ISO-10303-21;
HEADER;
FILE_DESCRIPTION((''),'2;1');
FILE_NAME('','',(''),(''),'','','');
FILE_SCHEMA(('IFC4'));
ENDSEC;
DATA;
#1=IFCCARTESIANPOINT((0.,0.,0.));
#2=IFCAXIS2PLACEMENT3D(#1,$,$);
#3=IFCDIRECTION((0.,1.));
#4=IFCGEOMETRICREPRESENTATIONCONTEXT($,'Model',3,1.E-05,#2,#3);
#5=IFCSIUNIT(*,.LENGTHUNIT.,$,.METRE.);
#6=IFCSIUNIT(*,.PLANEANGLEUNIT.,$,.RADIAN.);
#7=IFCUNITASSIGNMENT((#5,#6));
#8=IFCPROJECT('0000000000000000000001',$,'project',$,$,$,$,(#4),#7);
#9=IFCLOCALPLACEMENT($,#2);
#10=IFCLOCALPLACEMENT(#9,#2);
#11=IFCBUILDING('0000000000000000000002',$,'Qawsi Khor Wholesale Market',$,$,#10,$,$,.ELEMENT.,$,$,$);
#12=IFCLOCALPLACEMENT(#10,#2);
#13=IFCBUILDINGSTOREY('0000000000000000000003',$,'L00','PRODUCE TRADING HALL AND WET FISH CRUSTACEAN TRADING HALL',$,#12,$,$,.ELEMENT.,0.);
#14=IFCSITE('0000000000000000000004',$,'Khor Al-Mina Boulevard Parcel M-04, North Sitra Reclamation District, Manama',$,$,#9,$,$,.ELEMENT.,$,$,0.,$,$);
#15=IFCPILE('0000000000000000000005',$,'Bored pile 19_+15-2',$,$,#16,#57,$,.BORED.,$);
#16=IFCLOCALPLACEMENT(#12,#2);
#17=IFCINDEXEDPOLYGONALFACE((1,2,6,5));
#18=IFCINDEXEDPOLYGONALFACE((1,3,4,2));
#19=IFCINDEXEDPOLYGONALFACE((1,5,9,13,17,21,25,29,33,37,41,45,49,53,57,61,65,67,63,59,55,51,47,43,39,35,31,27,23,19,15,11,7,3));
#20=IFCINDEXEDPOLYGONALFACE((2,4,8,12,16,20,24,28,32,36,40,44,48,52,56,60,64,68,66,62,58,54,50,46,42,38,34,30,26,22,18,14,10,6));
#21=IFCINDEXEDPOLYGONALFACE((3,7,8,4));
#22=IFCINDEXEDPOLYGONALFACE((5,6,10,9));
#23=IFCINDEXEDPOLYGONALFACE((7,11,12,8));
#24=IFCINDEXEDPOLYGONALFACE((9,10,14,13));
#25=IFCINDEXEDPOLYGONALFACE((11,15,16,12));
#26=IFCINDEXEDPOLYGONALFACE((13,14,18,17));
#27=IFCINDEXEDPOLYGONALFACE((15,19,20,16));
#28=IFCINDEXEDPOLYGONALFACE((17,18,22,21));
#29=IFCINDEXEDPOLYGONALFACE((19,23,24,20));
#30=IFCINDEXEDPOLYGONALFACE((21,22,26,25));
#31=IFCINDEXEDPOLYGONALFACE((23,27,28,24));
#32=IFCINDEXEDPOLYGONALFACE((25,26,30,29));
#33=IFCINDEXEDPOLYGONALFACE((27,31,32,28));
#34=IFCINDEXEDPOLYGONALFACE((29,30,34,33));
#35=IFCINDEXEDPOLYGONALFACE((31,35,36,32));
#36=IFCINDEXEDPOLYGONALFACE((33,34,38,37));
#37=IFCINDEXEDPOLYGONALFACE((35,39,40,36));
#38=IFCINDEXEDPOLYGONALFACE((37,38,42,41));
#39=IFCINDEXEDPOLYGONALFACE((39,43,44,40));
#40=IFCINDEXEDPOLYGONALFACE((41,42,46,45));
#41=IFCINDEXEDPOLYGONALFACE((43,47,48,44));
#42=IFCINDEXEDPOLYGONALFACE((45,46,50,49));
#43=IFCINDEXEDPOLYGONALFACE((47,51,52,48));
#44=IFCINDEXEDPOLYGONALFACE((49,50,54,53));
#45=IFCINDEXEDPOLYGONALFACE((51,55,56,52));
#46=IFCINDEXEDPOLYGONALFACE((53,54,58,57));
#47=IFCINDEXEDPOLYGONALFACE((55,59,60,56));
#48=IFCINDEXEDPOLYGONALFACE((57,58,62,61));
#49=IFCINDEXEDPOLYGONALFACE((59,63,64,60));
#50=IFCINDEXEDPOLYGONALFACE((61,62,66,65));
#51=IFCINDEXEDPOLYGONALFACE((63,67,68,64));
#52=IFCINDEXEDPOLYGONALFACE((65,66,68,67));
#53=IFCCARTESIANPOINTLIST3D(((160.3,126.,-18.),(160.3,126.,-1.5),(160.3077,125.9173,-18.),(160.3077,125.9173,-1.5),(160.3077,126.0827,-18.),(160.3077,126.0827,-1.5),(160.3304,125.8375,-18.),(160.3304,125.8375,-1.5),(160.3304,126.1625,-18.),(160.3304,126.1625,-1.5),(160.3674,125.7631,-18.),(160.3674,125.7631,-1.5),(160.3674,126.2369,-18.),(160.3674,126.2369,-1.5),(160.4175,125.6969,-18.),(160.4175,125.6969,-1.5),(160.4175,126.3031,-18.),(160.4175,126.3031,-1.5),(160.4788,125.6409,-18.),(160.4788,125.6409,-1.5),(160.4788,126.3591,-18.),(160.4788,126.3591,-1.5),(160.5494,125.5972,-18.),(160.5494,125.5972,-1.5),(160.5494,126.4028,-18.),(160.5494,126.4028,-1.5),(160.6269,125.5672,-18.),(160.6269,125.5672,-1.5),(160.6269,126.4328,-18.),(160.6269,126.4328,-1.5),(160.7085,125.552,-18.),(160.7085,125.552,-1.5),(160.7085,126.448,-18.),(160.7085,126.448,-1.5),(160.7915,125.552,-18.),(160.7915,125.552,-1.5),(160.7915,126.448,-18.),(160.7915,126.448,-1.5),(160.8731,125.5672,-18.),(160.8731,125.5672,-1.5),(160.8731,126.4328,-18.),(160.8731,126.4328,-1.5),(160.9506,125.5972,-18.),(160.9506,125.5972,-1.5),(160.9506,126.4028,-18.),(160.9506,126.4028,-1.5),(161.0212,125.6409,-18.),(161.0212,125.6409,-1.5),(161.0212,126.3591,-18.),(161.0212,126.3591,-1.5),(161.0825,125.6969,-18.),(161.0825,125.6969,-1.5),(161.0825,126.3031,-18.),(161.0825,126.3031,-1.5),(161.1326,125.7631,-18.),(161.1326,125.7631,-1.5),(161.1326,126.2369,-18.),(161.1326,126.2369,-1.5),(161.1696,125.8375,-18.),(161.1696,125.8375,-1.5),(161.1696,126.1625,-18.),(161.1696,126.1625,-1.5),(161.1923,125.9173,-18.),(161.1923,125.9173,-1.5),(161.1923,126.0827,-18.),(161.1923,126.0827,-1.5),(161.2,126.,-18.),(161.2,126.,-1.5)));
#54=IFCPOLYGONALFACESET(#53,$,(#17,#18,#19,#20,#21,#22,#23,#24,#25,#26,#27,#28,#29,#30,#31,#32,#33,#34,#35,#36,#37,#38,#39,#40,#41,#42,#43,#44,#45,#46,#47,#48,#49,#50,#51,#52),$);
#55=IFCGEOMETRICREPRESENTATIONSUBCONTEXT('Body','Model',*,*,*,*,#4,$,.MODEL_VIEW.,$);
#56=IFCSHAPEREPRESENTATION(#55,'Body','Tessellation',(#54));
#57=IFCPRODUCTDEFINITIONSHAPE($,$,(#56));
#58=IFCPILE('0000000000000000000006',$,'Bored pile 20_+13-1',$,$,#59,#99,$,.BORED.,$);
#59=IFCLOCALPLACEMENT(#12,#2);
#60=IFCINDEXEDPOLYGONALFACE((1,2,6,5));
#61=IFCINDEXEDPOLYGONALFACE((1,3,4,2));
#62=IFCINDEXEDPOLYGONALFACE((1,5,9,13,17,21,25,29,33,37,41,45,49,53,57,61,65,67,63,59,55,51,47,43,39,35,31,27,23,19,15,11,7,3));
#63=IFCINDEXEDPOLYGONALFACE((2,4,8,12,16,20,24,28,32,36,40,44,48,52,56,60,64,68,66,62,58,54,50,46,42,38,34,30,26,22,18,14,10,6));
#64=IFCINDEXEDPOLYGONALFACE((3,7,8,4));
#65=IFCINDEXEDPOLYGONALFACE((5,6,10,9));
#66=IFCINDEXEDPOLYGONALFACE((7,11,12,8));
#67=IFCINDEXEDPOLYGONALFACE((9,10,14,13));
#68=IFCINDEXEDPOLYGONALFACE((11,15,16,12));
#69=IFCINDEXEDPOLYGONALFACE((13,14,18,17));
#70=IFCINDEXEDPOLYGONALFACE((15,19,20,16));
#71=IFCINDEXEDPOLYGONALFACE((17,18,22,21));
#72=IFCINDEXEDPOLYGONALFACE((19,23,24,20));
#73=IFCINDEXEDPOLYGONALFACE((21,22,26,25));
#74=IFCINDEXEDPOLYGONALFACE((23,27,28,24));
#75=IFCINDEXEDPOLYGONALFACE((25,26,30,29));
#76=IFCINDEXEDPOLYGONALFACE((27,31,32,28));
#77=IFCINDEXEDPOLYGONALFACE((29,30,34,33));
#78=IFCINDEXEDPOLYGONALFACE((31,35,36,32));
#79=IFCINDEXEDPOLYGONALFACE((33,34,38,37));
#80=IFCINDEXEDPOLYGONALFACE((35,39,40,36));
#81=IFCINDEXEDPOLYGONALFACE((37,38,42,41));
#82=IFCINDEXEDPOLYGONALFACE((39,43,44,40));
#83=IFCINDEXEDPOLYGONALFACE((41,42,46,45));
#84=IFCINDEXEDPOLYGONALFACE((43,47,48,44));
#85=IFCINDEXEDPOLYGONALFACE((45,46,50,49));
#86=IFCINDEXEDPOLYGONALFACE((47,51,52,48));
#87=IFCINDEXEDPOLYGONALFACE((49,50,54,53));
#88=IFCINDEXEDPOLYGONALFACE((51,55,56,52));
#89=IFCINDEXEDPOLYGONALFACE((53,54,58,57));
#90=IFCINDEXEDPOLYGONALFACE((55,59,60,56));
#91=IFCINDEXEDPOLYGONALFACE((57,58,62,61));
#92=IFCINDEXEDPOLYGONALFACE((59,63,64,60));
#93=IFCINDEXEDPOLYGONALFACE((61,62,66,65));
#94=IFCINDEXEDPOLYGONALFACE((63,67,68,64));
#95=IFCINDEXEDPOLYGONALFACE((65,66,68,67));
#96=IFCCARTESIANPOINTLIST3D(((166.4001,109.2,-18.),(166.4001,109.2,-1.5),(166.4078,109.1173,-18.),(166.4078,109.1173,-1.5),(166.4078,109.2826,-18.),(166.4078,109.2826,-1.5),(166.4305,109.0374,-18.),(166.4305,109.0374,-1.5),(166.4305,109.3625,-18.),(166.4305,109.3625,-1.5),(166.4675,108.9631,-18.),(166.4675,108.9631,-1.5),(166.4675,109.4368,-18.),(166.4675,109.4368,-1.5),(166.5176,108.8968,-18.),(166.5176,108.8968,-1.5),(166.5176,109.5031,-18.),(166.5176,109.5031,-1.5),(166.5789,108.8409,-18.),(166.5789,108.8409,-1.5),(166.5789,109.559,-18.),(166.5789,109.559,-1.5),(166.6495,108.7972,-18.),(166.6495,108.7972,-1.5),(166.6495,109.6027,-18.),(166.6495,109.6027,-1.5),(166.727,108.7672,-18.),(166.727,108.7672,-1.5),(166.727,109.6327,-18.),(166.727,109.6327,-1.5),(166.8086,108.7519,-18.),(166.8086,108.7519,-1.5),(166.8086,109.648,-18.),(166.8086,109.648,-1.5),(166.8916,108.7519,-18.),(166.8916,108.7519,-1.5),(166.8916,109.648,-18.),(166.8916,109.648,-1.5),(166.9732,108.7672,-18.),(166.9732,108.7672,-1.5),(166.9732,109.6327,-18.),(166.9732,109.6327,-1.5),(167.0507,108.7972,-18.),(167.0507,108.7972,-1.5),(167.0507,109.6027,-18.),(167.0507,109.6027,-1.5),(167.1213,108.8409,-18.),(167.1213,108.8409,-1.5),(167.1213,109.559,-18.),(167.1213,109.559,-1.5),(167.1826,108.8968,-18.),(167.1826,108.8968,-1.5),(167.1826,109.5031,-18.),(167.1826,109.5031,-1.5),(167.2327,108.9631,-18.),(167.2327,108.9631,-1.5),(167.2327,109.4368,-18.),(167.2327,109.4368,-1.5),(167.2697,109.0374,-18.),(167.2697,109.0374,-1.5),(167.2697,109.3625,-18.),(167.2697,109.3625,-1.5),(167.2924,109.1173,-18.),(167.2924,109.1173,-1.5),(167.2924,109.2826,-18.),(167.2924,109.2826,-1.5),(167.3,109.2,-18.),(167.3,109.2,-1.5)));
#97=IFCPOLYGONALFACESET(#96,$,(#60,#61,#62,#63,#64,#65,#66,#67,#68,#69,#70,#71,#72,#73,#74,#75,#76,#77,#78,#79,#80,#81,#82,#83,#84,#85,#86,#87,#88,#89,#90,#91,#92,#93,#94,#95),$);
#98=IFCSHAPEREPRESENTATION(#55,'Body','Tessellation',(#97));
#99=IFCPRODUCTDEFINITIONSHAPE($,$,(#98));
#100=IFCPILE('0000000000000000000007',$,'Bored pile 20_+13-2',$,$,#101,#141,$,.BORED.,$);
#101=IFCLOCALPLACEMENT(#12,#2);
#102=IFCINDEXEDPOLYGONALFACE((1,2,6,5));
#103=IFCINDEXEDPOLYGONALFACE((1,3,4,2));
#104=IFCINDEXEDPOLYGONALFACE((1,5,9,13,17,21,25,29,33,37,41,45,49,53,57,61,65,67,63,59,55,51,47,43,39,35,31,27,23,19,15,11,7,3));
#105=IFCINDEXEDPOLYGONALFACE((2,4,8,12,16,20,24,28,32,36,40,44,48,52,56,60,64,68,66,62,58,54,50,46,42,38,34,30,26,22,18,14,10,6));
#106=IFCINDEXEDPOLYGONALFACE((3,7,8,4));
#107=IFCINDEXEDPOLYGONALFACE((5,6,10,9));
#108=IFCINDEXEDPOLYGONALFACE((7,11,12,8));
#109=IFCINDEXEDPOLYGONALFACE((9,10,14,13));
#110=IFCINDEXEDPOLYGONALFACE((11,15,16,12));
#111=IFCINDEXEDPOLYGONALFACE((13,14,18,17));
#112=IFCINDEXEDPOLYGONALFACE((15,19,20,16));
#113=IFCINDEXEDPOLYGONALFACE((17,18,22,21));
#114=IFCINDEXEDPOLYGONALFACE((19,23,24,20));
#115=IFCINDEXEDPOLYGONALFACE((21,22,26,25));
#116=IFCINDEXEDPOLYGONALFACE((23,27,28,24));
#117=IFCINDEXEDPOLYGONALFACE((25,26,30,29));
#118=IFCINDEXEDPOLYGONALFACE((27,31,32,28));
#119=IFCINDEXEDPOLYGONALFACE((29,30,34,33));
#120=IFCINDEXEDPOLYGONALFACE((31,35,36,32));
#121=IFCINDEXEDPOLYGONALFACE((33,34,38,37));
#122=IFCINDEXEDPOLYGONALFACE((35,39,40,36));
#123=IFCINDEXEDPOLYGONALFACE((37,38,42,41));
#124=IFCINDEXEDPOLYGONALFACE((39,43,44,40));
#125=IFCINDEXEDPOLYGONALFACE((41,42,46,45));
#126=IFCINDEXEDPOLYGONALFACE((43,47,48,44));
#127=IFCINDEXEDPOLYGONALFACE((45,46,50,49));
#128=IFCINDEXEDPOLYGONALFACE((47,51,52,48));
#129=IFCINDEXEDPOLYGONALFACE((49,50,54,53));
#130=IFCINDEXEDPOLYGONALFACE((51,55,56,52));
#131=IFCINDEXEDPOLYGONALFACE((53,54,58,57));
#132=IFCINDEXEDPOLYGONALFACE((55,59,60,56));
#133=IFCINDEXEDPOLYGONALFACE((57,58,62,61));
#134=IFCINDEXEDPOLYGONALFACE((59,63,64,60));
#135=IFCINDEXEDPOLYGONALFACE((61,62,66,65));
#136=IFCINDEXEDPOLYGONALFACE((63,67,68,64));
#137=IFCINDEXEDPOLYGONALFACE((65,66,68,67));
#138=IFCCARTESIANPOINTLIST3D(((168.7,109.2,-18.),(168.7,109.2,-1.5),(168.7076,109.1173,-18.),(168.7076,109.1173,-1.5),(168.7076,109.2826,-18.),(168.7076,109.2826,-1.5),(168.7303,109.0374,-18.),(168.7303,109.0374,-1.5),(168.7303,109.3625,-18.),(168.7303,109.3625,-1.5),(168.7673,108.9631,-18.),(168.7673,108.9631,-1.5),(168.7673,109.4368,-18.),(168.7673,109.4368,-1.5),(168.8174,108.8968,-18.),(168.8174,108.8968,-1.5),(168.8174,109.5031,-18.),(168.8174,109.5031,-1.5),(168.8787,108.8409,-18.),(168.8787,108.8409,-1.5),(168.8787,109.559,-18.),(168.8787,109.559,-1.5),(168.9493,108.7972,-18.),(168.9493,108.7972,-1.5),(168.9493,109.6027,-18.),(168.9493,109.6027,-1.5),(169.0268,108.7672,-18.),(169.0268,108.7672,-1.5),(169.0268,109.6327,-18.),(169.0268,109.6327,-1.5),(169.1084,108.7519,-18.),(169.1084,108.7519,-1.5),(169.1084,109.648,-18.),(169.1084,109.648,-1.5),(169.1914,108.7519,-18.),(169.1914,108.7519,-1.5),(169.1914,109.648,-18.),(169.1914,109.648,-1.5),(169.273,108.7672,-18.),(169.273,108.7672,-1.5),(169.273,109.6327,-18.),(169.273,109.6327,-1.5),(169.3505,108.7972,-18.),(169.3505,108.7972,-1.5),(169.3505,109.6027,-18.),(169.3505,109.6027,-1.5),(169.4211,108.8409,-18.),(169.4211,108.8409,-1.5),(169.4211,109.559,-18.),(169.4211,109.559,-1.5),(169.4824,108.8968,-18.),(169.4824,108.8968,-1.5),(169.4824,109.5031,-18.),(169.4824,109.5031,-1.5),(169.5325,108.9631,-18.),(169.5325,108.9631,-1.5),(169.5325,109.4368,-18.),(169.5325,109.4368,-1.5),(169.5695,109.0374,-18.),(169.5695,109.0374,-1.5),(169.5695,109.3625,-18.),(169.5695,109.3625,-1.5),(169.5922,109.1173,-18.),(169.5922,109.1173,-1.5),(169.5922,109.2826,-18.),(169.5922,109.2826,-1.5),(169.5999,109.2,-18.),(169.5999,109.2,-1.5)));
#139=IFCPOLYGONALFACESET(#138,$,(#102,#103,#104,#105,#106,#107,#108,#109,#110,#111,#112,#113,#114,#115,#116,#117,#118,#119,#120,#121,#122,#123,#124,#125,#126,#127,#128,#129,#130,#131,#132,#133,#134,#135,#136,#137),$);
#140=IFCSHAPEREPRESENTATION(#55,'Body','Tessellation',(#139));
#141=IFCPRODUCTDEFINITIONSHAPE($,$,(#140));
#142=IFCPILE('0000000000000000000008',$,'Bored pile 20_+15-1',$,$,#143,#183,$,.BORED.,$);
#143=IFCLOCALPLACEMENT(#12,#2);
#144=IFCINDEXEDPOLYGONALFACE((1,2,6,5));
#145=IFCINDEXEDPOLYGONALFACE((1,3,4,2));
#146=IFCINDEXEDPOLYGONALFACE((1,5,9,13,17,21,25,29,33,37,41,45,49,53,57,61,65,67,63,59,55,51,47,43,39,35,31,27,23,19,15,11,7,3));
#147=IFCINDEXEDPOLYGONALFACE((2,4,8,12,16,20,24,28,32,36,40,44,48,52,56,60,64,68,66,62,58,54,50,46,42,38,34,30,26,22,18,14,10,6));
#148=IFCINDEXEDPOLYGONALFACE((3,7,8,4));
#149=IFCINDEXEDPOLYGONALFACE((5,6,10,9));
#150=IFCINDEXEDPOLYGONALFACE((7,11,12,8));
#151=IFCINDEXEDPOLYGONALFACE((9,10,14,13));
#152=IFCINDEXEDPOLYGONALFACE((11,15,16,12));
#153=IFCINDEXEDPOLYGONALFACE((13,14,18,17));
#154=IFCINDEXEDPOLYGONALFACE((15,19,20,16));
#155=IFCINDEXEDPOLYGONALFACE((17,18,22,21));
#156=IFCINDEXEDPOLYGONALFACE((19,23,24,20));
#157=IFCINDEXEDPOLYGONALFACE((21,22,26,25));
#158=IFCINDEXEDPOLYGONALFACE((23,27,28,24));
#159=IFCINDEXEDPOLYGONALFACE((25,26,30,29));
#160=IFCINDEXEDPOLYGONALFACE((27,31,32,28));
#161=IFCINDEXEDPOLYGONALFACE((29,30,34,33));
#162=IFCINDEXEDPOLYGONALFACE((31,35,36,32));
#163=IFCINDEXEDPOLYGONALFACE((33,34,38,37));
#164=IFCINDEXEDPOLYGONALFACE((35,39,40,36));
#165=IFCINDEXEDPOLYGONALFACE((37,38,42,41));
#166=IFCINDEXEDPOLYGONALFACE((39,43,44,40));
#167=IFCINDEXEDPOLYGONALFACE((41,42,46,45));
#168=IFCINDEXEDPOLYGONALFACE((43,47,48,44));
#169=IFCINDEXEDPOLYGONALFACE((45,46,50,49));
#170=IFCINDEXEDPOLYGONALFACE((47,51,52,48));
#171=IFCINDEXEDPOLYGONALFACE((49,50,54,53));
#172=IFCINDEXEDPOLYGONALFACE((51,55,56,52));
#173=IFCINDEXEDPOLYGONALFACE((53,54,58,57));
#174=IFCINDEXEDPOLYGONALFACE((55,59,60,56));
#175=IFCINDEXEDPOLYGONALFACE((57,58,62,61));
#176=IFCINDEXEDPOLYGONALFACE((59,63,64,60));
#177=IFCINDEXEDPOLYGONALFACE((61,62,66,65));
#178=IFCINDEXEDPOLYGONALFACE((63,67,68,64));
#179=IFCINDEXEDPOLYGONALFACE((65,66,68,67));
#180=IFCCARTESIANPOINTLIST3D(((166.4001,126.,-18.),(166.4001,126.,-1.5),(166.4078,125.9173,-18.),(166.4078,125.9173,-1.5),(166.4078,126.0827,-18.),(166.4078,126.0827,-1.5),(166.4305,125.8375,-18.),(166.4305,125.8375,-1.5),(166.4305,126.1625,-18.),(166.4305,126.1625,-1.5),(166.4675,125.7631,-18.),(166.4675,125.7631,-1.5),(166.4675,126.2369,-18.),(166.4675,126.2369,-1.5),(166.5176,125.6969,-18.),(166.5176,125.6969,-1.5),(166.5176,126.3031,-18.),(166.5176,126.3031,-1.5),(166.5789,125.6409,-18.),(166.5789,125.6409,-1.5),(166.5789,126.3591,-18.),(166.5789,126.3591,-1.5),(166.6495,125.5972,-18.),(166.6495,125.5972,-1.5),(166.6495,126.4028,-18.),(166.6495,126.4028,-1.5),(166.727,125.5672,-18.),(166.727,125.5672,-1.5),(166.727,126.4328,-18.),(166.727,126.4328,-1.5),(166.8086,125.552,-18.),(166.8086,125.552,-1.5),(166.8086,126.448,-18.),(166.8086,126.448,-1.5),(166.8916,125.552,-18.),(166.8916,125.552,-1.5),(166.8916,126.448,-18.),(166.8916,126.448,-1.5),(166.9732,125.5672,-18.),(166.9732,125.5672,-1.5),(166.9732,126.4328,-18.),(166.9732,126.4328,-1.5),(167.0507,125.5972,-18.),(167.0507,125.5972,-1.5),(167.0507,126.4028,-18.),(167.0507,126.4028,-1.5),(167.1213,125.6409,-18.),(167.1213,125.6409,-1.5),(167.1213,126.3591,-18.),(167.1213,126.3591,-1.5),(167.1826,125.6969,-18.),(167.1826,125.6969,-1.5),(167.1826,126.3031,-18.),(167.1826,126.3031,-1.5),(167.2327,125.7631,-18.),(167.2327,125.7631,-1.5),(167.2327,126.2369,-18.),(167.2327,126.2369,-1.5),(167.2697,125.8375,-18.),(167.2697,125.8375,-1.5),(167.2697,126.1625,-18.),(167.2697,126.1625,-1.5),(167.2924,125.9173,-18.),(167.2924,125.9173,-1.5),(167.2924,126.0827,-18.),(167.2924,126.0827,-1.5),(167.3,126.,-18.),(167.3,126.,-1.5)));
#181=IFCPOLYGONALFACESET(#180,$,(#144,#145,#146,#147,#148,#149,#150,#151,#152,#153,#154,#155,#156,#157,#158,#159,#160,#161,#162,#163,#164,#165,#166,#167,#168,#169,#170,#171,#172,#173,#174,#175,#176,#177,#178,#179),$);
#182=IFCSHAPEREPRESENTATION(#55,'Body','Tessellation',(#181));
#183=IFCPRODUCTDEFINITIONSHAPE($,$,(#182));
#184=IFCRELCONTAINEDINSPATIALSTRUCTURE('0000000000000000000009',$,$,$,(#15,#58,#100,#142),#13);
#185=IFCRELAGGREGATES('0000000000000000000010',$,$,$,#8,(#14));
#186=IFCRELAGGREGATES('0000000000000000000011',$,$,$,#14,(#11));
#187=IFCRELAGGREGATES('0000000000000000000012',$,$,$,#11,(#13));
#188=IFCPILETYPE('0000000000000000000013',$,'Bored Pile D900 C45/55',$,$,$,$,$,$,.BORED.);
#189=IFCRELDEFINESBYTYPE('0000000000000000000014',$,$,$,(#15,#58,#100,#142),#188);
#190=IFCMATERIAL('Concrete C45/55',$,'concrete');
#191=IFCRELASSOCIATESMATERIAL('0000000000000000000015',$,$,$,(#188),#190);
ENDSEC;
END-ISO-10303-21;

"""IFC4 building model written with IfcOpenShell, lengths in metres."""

from ifc_helpers import new_model, si_unit, direction, frame, origin, origin_2d, place, context, subcontext, project, spatial, circle, extrude, material, material_profile, profile_set, type_object, element, save


model = new_model("IFC4")

# Units and contexts
model_context = context("Model", 3, precision=1e-05, world=origin(), true_north=direction((0.0, 1.0)))
body_context = subcontext(model_context, "Body", "Model", "MODEL_VIEW")
ifc_project = project(units=[si_unit("LENGTHUNIT", "METRE"), si_unit("PLANEANGLEUNIT", "RADIAN")], contexts=[model_context])

# Site, building, storey
site_placement = place(None, origin())
site = spatial("IfcSite", under=ifc_project, at=site_placement, Name="Khor Al-Mina Boulevard Parcel M-04, North Sitra Reclamation District, Manama", CompositionType="ELEMENT", RefElevation=0.0)
building_placement = place(site_placement, origin())
building = spatial("IfcBuilding", under=site, at=building_placement, Name="Qawsi Khor Wholesale Market", CompositionType="ELEMENT")
storey_placement = place(building_placement, origin())
storey = spatial("IfcBuildingStorey", under=building, at=storey_placement, Name="L00", Description="PRODUCE TRADING HALL AND WET FISH CRUSTACEAN TRADING HALL", CompositionType="ELEMENT", Elevation=0.0)

# Piles
ifc_material_1 = material(Name="Concrete C45/55", Category="concrete")
ifc_material_profile_1 = material_profile(ifc_material_1, circle(Radius=0.45, at=origin_2d()), Name="PILE D900")
ifc_profile_set_1 = profile_set([ifc_material_profile_1], Name="Concrete C45/55")
pile_type = type_object("IfcPileType", Name="Bored Pile D900 C45/55", PredefinedType="BORED", material=ifc_profile_set_1)
for number, where, z_axis, x_axis, name in (
    (1, (160.75, 126.0, -1.5), (0.0, 0.0, -1.0), (1.0, 0.0, 0.0), "Bored pile 19_+15-2"),
    (2, (166.8501, 109.2, -1.5), (0.0, 0.0, -1.0), (1.0, 0.0, 0.0), "Bored pile 20_+13-1"),
    (3, (169.1499, 109.2, -1.5), (0.0, 0.0, -1.0), (1.0, 0.0, 0.0), "Bored pile 20_+13-2"),
    (4, (166.8501, 126.0, -1.5), (0.0, 0.0, -1.0), (1.0, 0.0, 0.0), "Bored pile 20_+15-1"),
):
    element("IfcPile", number, at=place(storey_placement, frame(where, z_axis=z_axis, x_axis=x_axis)), inside=storey, type_object=pile_type, Name=name, PredefinedType="BORED", context=body_context, shape_type="SweptSolid", body=[
        extrude(circle(Radius=0.45, at=origin_2d()), origin(), (0.0, 0.0, 1.0), 16.5),
    ])

save(model, "model.ifc")
